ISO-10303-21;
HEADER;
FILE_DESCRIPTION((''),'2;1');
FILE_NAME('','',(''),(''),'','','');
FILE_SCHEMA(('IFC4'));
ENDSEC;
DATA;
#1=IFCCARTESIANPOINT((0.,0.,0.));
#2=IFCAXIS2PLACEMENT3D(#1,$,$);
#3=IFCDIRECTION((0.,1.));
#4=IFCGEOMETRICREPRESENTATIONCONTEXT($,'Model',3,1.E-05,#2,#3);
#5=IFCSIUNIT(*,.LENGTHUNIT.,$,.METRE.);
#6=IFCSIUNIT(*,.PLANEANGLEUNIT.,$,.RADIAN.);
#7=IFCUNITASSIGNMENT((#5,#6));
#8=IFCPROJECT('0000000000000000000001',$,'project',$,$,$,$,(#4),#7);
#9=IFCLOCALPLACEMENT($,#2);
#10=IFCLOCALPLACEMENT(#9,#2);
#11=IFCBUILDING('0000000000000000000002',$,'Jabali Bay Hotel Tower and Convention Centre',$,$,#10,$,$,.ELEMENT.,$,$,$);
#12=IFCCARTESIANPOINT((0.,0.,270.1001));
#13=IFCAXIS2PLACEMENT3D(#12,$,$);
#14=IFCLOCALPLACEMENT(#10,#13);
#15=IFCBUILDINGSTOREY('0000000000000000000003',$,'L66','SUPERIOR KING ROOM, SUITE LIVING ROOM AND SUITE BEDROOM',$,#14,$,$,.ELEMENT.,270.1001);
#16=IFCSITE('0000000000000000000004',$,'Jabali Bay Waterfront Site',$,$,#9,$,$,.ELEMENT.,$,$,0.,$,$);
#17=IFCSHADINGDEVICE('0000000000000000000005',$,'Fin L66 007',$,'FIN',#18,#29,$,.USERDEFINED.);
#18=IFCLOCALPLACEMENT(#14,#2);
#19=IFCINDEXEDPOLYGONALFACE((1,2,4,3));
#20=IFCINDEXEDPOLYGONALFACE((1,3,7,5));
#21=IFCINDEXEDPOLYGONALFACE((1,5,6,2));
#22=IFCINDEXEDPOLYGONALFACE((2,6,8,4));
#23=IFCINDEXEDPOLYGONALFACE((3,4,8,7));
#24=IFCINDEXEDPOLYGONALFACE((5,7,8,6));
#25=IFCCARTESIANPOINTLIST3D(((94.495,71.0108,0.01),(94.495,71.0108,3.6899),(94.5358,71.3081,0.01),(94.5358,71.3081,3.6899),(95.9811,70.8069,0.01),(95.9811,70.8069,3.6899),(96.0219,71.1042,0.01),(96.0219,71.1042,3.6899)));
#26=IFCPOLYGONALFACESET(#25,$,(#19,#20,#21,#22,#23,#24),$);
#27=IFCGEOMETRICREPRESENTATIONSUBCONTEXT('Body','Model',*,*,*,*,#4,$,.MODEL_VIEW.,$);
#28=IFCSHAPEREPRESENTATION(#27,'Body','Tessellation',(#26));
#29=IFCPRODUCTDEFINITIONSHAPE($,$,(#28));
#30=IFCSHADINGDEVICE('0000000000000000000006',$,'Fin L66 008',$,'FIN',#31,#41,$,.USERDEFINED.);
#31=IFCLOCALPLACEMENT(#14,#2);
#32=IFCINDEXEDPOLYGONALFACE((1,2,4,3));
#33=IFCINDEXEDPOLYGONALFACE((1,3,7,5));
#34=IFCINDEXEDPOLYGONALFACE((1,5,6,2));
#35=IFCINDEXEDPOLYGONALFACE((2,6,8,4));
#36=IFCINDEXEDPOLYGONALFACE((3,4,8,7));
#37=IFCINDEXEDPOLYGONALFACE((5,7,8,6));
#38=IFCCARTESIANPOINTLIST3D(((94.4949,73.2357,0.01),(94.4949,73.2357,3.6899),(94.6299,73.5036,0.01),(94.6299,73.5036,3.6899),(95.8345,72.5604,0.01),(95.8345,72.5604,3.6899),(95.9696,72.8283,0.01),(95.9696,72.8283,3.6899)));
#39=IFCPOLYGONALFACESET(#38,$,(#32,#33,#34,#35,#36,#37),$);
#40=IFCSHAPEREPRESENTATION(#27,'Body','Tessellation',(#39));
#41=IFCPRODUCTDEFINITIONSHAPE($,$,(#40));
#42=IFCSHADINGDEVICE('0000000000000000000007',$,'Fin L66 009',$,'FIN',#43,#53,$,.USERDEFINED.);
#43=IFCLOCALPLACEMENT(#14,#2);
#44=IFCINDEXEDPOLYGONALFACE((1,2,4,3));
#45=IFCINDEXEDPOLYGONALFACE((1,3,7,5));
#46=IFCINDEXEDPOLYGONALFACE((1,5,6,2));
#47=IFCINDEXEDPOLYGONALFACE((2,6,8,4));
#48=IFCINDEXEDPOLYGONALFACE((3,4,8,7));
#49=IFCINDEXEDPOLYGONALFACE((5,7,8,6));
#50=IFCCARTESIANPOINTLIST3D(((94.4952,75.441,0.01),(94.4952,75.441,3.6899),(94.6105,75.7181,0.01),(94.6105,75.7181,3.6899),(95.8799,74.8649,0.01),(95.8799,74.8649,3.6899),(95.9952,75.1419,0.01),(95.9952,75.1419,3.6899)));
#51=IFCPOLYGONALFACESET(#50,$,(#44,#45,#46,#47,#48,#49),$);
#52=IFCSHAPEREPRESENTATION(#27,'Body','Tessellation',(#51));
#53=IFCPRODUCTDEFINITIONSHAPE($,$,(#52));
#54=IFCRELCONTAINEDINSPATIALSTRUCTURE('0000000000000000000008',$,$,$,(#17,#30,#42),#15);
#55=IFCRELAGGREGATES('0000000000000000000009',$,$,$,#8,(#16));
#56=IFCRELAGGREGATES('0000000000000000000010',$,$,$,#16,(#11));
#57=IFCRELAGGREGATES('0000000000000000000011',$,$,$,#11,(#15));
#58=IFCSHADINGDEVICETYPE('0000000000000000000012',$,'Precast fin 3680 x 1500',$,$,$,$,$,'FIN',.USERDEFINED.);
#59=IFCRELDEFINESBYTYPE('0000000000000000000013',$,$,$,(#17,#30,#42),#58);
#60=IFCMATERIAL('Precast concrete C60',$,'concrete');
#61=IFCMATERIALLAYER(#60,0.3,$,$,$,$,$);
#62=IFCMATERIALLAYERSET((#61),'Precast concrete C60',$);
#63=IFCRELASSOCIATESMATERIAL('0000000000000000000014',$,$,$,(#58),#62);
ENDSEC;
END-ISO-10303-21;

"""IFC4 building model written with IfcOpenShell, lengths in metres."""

from ifc_helpers import new_model, si_unit, direction, frame, frame_2d, origin, place, context, subcontext, project, spatial, rectangle, extrude, material, layer, layer_set, type_object, element, save


model = new_model("IFC4")

# Units and contexts
model_context = context("Model", 3, precision=1e-05, world=origin(), true_north=direction((0.0, 1.0)))
body_context = subcontext(model_context, "Body", "Model", "MODEL_VIEW")
ifc_project = project(units=[si_unit("LENGTHUNIT", "METRE"), si_unit("PLANEANGLEUNIT", "RADIAN")], contexts=[model_context])

# Site, building, storey
site_placement = place(None, origin())
site = spatial("IfcSite", under=ifc_project, at=site_placement, Name="Jabali Bay Waterfront Site", CompositionType="ELEMENT", RefElevation=0.0)
building_placement = place(site_placement, origin())
building = spatial("IfcBuilding", under=site, at=building_placement, Name="Jabali Bay Hotel Tower and Convention Centre", CompositionType="ELEMENT")
storey_placement = place(building_placement, frame((0.0, 0.0, 270.1001)))
storey = spatial("IfcBuildingStorey", under=building, at=storey_placement, Name="L66", Description="SUPERIOR KING ROOM, SUITE LIVING ROOM AND SUITE BEDROOM", CompositionType="ELEMENT", Elevation=270.1001)

# Shading devices
ifc_material_1 = material(Name="Precast concrete C60", Category="concrete")
ifc_layer_1 = layer(ifc_material_1, 0.3)
ifc_layer_set_1 = layer_set([ifc_layer_1], Name="Precast concrete C60")
shading_device_type_1 = type_object("IfcShadingDeviceType", Name="Precast fin 3680 x 1500", ElementType="FIN", PredefinedType="USERDEFINED", material=ifc_layer_set_1)
for number, where, z_axis, x_axis, name in (
    (1, (94.5154, 71.1594, 0.01), (0.0, 0.0, 1.0), (0.990722, -0.135905, 0.0), "Fin L66 007"),
):
    element("IfcShadingDevice", number, at=place(storey_placement, frame(where, z_axis=z_axis, x_axis=x_axis)), inside=storey, type_object=shading_device_type_1, Name=name, ObjectType="FIN", PredefinedType="USERDEFINED", context=body_context, shape_type="SweptSolid", body=[
        extrude(rectangle(XDim=1.5, YDim=0.3, at=frame_2d((0.75, 0.0))), origin(), (0.0, 0.0, 1.0), 3.6799),
    ])
shading_device_1_placement = place(storey_placement, frame((94.5625, 73.3696, 0.01), z_axis=(0.0, 0.0, 1.0), x_axis=(0.892958, -0.450141, 0.0)))
element("IfcShadingDevice", 2, at=shading_device_1_placement, inside=storey, type_object=shading_device_type_1, Name="Fin L66 008", ObjectType="FIN", PredefinedType="USERDEFINED", context=body_context, shape_type="SweptSolid", body=[
    extrude(rectangle(XDim=1.5002, YDim=0.3, at=frame_2d((0.75, 0.0))), origin(), (0.0, 0.0, 1.0), 3.6799),
])
shading_device_2_placement = place(storey_placement, frame((94.5527, 75.5796, 0.01), z_axis=(0.0, 0.0, 1.0), x_axis=(0.923269, -0.384153, 0.0)))
element("IfcShadingDevice", 3, at=shading_device_2_placement, inside=storey, type_object=shading_device_type_1, Name="Fin L66 009", ObjectType="FIN", PredefinedType="USERDEFINED", context=body_context, shape_type="SweptSolid", body=[
    extrude(rectangle(XDim=1.4998, YDim=0.3, at=frame_2d((0.75, 0.0))), origin(), (0.0, 0.0, 1.0), 3.6799),
])

save(model, "model.ifc")
